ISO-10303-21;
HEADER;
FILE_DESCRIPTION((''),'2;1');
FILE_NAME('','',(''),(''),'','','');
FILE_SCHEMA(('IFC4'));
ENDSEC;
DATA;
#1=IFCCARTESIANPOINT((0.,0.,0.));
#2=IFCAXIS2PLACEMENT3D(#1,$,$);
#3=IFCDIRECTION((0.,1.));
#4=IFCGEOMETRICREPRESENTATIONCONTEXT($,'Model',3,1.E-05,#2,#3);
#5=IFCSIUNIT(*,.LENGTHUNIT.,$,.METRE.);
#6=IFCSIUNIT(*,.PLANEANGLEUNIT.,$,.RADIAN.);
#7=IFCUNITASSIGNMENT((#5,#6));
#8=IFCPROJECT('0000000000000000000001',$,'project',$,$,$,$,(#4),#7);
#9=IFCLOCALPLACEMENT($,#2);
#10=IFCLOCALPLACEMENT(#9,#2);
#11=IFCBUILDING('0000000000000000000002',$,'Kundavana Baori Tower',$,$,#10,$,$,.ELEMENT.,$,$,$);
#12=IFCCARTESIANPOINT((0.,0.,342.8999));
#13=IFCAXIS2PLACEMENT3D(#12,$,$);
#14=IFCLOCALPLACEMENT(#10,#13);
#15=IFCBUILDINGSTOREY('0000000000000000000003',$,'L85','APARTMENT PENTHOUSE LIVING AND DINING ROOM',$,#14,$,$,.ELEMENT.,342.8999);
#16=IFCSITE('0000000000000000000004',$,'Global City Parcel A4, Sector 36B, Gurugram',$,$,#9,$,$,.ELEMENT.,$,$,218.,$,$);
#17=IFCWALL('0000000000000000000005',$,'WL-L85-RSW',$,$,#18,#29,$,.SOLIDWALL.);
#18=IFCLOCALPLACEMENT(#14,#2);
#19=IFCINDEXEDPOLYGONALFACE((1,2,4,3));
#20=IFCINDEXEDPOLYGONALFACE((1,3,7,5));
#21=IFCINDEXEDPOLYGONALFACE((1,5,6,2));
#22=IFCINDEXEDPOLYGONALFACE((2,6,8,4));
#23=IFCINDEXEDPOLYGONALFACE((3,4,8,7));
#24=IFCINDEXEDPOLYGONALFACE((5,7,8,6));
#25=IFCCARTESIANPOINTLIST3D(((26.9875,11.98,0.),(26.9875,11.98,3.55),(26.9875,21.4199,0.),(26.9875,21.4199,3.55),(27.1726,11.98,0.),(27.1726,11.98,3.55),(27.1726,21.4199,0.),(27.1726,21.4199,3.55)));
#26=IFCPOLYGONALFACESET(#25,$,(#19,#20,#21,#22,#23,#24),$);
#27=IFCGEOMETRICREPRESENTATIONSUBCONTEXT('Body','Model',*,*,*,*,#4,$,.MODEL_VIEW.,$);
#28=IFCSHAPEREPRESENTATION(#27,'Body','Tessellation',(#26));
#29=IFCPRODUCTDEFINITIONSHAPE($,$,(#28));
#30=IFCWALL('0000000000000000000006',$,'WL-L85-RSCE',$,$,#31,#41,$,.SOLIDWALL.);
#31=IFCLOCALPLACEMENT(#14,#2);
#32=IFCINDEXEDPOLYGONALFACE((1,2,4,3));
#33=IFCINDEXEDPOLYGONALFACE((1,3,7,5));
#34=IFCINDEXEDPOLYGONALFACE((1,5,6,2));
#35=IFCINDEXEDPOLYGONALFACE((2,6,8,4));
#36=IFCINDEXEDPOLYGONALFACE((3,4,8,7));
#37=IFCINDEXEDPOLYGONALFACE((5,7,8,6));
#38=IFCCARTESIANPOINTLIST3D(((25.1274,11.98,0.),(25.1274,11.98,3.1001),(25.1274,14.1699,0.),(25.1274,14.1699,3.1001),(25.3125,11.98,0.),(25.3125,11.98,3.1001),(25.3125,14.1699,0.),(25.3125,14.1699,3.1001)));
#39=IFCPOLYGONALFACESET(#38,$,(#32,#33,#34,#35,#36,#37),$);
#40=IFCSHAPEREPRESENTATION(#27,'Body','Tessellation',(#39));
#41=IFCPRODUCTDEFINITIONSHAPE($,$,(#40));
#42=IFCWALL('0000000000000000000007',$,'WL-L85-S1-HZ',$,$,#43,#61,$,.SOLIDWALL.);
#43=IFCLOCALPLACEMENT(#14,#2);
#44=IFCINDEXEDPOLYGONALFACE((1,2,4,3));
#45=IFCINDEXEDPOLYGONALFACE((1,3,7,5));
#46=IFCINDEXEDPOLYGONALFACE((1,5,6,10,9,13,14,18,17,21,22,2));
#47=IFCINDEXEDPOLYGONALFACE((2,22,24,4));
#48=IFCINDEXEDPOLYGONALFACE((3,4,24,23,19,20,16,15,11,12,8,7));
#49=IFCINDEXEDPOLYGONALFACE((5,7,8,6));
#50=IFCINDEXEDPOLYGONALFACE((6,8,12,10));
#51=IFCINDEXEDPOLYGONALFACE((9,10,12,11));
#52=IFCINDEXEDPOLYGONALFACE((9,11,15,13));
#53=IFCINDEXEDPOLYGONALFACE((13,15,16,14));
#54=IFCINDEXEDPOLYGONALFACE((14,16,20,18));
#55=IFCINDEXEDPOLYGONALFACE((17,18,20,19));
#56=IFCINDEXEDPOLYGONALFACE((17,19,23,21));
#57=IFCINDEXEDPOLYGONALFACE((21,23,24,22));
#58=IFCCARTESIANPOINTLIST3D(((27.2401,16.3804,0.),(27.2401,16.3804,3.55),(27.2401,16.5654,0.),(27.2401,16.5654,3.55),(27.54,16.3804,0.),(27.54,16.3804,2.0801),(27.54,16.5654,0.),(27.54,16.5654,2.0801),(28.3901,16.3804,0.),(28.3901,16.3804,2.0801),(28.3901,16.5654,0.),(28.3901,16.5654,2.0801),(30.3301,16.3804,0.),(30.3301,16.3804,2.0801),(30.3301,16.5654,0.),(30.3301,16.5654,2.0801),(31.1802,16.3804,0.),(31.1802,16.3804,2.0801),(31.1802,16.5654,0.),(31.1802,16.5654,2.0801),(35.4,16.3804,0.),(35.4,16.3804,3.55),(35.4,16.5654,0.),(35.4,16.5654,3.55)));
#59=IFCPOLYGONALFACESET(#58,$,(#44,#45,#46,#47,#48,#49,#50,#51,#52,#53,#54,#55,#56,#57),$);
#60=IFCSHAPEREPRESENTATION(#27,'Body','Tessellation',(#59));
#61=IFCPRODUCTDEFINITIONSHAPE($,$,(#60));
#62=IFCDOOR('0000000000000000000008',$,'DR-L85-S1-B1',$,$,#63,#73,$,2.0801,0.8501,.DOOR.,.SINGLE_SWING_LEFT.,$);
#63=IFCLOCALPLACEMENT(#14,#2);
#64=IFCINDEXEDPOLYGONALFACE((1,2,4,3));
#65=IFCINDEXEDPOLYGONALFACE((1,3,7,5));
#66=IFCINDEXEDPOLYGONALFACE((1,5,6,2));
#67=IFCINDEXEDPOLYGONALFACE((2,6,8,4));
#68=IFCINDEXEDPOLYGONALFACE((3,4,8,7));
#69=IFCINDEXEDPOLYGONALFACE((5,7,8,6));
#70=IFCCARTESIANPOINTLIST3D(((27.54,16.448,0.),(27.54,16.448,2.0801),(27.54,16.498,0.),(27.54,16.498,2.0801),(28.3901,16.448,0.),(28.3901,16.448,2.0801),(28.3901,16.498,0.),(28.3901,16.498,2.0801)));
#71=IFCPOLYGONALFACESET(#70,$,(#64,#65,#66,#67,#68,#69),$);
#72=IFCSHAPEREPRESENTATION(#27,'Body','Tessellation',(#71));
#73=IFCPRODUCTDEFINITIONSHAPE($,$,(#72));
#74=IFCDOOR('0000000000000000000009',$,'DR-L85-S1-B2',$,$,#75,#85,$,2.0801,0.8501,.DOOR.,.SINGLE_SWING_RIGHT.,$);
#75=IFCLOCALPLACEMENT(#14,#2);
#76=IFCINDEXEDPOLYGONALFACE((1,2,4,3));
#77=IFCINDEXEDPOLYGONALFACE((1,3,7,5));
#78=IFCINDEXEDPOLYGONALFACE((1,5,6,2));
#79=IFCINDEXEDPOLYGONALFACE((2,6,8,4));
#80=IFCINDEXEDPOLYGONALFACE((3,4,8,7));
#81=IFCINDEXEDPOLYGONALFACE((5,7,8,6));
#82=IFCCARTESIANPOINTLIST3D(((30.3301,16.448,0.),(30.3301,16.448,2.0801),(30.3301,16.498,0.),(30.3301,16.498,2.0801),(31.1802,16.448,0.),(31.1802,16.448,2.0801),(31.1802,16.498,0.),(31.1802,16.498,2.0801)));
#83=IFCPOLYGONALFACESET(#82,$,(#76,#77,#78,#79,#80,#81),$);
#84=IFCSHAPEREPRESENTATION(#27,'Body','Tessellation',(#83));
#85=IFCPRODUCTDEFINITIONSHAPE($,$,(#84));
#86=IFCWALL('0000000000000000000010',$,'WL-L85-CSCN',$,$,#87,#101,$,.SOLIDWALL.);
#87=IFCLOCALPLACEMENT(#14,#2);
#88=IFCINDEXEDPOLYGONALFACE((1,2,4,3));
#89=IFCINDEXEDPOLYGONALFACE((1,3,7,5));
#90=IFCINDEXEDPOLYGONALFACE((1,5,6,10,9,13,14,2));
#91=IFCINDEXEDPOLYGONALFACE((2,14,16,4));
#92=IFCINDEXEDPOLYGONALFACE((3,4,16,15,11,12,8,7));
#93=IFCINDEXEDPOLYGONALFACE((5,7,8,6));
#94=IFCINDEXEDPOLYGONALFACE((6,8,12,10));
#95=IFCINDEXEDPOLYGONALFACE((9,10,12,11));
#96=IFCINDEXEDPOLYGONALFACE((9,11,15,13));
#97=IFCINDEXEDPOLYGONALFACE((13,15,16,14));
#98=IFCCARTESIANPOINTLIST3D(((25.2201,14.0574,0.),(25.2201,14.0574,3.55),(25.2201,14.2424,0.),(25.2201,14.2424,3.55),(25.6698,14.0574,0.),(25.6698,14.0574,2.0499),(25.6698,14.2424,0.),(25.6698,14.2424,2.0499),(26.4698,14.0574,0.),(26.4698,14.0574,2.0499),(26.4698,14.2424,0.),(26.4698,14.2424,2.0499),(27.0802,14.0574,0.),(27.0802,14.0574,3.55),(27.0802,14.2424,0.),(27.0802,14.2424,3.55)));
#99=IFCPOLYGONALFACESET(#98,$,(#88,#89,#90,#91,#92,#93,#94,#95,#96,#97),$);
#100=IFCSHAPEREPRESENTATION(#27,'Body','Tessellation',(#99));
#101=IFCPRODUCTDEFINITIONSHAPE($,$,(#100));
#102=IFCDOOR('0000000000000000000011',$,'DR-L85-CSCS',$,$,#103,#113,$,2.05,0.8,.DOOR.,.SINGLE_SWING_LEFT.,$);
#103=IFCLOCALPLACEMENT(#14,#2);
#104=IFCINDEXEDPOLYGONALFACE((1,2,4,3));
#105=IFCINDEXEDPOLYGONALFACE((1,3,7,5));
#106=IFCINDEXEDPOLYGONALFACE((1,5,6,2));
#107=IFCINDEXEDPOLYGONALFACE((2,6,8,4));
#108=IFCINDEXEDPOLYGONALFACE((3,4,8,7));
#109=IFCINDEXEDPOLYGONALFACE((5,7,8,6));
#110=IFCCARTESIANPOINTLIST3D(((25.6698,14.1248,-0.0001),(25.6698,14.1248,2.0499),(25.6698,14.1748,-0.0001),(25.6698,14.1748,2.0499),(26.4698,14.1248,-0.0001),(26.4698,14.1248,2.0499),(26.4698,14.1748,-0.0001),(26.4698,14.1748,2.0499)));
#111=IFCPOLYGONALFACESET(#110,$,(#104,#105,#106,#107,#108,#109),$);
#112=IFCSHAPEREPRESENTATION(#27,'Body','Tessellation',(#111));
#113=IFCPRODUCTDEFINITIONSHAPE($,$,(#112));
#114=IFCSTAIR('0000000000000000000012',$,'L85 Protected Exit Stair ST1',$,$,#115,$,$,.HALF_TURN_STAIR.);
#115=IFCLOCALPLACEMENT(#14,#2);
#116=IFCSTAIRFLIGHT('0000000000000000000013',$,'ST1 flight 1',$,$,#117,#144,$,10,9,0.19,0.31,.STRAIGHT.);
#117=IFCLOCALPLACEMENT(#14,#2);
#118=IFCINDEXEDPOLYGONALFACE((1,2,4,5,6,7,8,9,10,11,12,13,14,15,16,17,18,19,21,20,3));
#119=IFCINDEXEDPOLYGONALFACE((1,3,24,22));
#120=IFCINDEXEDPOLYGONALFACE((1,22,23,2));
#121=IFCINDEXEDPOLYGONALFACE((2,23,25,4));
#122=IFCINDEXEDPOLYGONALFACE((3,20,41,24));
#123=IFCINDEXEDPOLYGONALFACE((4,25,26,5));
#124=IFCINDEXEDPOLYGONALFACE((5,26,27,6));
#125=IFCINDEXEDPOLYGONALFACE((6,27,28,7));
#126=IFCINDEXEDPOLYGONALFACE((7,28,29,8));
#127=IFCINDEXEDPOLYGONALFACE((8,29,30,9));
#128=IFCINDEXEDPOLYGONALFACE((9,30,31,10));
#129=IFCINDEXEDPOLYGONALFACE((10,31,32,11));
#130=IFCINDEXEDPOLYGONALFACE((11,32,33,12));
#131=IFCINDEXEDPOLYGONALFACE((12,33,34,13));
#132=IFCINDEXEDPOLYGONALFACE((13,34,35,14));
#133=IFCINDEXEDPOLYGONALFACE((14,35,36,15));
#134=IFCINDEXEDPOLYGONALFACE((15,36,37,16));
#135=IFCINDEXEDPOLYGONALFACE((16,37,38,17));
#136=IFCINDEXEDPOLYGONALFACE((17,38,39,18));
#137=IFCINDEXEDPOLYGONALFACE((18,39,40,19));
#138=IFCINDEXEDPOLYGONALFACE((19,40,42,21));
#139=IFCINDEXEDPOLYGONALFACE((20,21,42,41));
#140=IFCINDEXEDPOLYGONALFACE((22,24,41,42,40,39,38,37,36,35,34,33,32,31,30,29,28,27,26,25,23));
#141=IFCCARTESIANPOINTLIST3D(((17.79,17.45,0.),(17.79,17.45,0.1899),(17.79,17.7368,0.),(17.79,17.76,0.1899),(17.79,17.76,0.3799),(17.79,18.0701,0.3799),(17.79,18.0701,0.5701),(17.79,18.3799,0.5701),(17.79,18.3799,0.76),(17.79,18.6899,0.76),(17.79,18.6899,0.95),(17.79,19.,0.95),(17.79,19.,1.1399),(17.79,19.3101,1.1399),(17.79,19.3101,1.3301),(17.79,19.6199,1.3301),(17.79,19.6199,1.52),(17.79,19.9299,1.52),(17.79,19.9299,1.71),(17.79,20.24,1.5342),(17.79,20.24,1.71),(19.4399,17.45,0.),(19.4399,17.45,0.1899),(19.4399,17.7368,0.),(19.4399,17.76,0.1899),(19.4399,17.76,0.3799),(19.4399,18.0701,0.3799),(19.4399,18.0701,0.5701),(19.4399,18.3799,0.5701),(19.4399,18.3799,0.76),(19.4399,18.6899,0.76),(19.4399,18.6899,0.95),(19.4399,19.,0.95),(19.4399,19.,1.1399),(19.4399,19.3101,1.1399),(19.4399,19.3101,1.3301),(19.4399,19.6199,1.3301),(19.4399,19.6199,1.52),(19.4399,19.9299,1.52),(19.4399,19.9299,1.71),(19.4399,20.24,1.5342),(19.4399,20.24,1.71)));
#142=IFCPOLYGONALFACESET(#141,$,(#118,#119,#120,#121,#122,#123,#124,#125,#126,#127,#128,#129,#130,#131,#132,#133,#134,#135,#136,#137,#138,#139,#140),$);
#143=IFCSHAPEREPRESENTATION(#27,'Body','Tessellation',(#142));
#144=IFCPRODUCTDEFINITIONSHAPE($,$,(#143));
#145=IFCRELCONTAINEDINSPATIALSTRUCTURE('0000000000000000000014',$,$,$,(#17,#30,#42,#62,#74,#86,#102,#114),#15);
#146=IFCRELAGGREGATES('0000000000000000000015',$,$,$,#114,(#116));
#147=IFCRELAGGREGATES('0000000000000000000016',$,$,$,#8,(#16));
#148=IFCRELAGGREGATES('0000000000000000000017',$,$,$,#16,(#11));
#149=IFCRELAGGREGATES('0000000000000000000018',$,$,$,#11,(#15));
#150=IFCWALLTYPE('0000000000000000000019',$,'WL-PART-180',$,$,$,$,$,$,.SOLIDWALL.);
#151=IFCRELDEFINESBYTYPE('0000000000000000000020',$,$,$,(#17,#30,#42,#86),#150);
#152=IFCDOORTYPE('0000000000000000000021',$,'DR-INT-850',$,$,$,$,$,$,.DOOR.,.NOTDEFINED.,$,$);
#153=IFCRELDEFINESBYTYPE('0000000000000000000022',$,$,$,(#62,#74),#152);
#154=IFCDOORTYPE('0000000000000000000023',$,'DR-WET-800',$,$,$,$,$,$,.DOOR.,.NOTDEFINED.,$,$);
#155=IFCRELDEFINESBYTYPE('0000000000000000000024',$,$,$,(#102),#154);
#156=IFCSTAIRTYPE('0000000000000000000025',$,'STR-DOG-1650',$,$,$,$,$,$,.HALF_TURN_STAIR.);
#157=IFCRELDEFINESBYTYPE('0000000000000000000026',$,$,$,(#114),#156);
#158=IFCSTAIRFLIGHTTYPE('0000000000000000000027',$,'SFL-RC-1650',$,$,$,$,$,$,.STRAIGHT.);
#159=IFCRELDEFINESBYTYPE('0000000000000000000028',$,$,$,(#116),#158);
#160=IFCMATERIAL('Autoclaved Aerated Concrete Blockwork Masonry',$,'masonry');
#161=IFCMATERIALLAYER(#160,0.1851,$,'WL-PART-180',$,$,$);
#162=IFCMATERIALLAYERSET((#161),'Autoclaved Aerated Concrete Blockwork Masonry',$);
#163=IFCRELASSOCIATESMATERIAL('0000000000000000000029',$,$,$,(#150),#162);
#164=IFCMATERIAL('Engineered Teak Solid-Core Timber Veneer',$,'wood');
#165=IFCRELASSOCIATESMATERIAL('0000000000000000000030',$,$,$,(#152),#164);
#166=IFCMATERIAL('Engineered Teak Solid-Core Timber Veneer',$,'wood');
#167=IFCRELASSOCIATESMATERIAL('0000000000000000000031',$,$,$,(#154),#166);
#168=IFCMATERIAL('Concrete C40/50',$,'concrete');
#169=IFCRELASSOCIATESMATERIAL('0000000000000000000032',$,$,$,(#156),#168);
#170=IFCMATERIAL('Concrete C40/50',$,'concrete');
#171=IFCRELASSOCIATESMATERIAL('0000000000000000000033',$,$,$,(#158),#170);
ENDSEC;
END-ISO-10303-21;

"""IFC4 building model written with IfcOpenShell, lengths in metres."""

from ifc_helpers import new_model, si_unit, direction, frame, frame_2d, origin, place, context, subcontext, project, spatial, polyline, rectangle, outline, extrude, material, layer, layer_set, type_object, element, fill, aggregate, save


model = new_model("IFC4")

# Units and contexts
model_context = context("Model", 3, precision=1e-05, world=origin(), true_north=direction((0.0, 1.0)))
body_context = subcontext(model_context, "Body", "Model", "MODEL_VIEW")
ifc_project = project(units=[si_unit("LENGTHUNIT", "METRE"), si_unit("PLANEANGLEUNIT", "RADIAN")], contexts=[model_context])

# Site, building, storey
site_placement = place(None, origin())
site = spatial("IfcSite", under=ifc_project, at=site_placement, Name="Global City Parcel A4, Sector 36B, Gurugram", CompositionType="ELEMENT", RefElevation=218.0)
building_placement = place(site_placement, origin())
building = spatial("IfcBuilding", under=site, at=building_placement, Name="Kundavana Baori Tower", CompositionType="ELEMENT")
storey_placement = place(building_placement, frame((0.0, 0.0, 342.8999)))
storey = spatial("IfcBuildingStorey", under=building, at=storey_placement, Name="L85", Description="APARTMENT PENTHOUSE LIVING AND DINING ROOM", CompositionType="ELEMENT", Elevation=342.8999)

# Walls
ifc_material_1 = material(Name="Autoclaved Aerated Concrete Blockwork Masonry", Category="masonry")
ifc_layer_1 = layer(ifc_material_1, 0.1851, Name="WL-PART-180")
ifc_layer_set_1 = layer_set([ifc_layer_1], Name="Autoclaved Aerated Concrete Blockwork Masonry")
wall_type_1 = type_object("IfcWallType", Name="WL-PART-180", PredefinedType="SOLIDWALL", material=ifc_layer_set_1)
wall_1_placement = place(storey_placement, frame((27.0801, 11.98, 0.0), z_axis=(0.0, 0.0, 1.0), x_axis=(0.0, 1.0, 0.0)))
element("IfcWall", 1, at=wall_1_placement, inside=storey, type_object=wall_type_1, Name="WL-L85-RSW", PredefinedType="SOLIDWALL", context=body_context, shape_type="SweptSolid", body=[
    extrude(rectangle(XDim=9.4399, YDim=0.1851, at=frame_2d((4.72, 0.0))), origin(), (0.0, 0.0, 1.0), 3.55),
])
wall_2_placement = place(storey_placement, frame((25.22, 11.98, 0.0), z_axis=(0.0, 0.0, 1.0), x_axis=(0.0, 1.0, 0.0)))
element("IfcWall", 2, at=wall_2_placement, inside=storey, type_object=wall_type_1, Name="WL-L85-RSCE", PredefinedType="SOLIDWALL", context=body_context, shape_type="SweptSolid", body=[
    extrude(rectangle(XDim=2.1899, YDim=0.1851, at=frame_2d((1.095, 0.0))), origin(), (0.0, 0.0, 1.0), 3.1001),
])

# Wall, openings, doors
wall_3_placement = place(storey_placement, frame((27.24, 16.4729, 0.0), z_axis=(0.0, 0.0, 1.0), x_axis=(1.0, 0.0, 0.0)))
wall_3 = element("IfcWall", 3, at=wall_3_placement, inside=storey, type_object=wall_type_1, Name="WL-L85-S1-HZ", PredefinedType="SOLIDWALL", context=body_context, shape_type="SweptSolid", body=[
    extrude(rectangle(XDim=8.1599, YDim=0.1851, at=frame_2d((4.0801, 0.0))), origin(), (0.0, 0.0, 1.0), 3.55),
])
opening_1_placement = place(wall_3_placement, frame((0.3, 0.0, 0.0)))
opening_1 = element("IfcOpeningElement", 4, at=opening_1_placement, cuts=wall_3, PredefinedType="OPENING", context=body_context, shape_type="SweptSolid", body=[
    extrude(rectangle(XDim=0.8501, YDim=2.0801, at=frame_2d((0.425, 1.04))), frame((0.0, 0.1025, 0.0), z_axis=(0.0, -1.0, 0.0), x_axis=(1.0, 0.0, 0.0)), (0.0, 0.0, 1.0), 0.2051),
])
opening_2_placement = place(wall_3_placement, frame((3.0901, 0.0, 0.0)))
opening_2 = element("IfcOpeningElement", 5, at=opening_2_placement, cuts=wall_3, PredefinedType="OPENING", context=body_context, shape_type="SweptSolid", body=[
    extrude(rectangle(XDim=0.8501, YDim=2.0801, at=frame_2d((0.425, 1.04))), frame((0.0, 0.1025, 0.0), z_axis=(0.0, -1.0, 0.0), x_axis=(1.0, 0.0, 0.0)), (0.0, 0.0, 1.0), 0.2051),
])
ifc_material_2 = material(Name="Engineered Teak Solid-Core Timber Veneer", Category="wood")
door_type_1 = type_object("IfcDoorType", Name="DR-INT-850", OperationType="NOTDEFINED", PredefinedType="DOOR", material=ifc_material_2)
door_1_placement = place(opening_1_placement, frame((0.8501, 0.0, 0.0), z_axis=(0.0, 0.0, 1.0), x_axis=(-1.0, 0.0, 0.0)))
door_1 = element("IfcDoor", 6, at=door_1_placement, inside=storey, type_object=door_type_1, Name="DR-L85-S1-B1", OperationType="SINGLE_SWING_LEFT", OverallHeight=2.0801, OverallWidth=0.8501, PredefinedType="DOOR", context=body_context, shape_type="SweptSolid", body=[
    extrude(rectangle(XDim=0.8501, YDim=2.0801, at=frame_2d((0.425, 1.04))), frame((0.0, 0.0249, 0.0), z_axis=(0.0, -1.0, 0.0), x_axis=(1.0, 0.0, 0.0)), (0.0, 0.0, 1.0), 0.05),
])
fill(opening_1, door_1)
door_2_placement = place(opening_2_placement, frame((0.8501, 0.0, 0.0), z_axis=(0.0, 0.0, 1.0), x_axis=(-1.0, 0.0, 0.0)))
door_2 = element("IfcDoor", 7, at=door_2_placement, inside=storey, type_object=door_type_1, Name="DR-L85-S1-B2", OperationType="SINGLE_SWING_RIGHT", OverallHeight=2.0801, OverallWidth=0.8501, PredefinedType="DOOR", context=body_context, shape_type="SweptSolid", body=[
    extrude(rectangle(XDim=0.8501, YDim=2.0801, at=frame_2d((0.425, 1.04))), frame((0.0, 0.0249, 0.0), z_axis=(0.0, -1.0, 0.0), x_axis=(1.0, 0.0, 0.0)), (0.0, 0.0, 1.0), 0.05),
])
fill(opening_2, door_2)

# Wall, opening, door
wall_4_placement = place(storey_placement, frame((25.22, 14.1499, 0.0), z_axis=(0.0, 0.0, 1.0), x_axis=(1.0, 0.0, 0.0)))
wall_4 = element("IfcWall", 8, at=wall_4_placement, inside=storey, type_object=wall_type_1, Name="WL-L85-CSCN", PredefinedType="SOLIDWALL", context=body_context, shape_type="SweptSolid", body=[
    extrude(rectangle(XDim=1.8601, YDim=0.1851, at=frame_2d((0.9302, 0.0))), origin(), (0.0, 0.0, 1.0), 3.55),
])
opening_3_placement = place(wall_4_placement, frame((0.45, 0.0, 0.0)))
opening_3 = element("IfcOpeningElement", 9, at=opening_3_placement, cuts=wall_4, PredefinedType="OPENING", context=body_context, shape_type="SweptSolid", body=[
    extrude(rectangle(XDim=0.8, YDim=2.05, at=frame_2d((0.3999, 1.0249))), frame((0.0, 0.1025, 0.0), z_axis=(0.0, -1.0, 0.0), x_axis=(1.0, 0.0, 0.0)), (0.0, 0.0, 1.0), 0.2051),
])
ifc_material_3 = material(Name="Engineered Teak Solid-Core Timber Veneer", Category="wood")
door_type_2 = type_object("IfcDoorType", Name="DR-WET-800", OperationType="NOTDEFINED", PredefinedType="DOOR", material=ifc_material_3)
door_3_placement = place(opening_3_placement, origin())
door_3 = element("IfcDoor", 10, at=door_3_placement, inside=storey, type_object=door_type_2, Name="DR-L85-CSCS", OperationType="SINGLE_SWING_LEFT", OverallHeight=2.05, OverallWidth=0.8, PredefinedType="DOOR", context=body_context, shape_type="SweptSolid", body=[
    extrude(rectangle(XDim=0.8, YDim=2.05, at=frame_2d((0.3999, 1.0249))), frame((0.0, 0.0249, 0.0), z_axis=(0.0, -1.0, 0.0), x_axis=(1.0, 0.0, 0.0)), (0.0, 0.0, 1.0), 0.05),
])
fill(opening_3, door_3)

# Stair, stair flight
ifc_material_4 = material(Name="Concrete C40/50", Category="concrete")
stair_type = type_object("IfcStairType", Name="STR-DOG-1650", PredefinedType="HALF_TURN_STAIR", material=ifc_material_4)
stair_placement = place(storey_placement, origin())
stair = element("IfcStair", 11, at=stair_placement, inside=storey, type_object=stair_type, Name="L85 Protected Exit Stair ST1", PredefinedType="HALF_TURN_STAIR")
ifc_material_5 = material(Name="Concrete C40/50", Category="concrete")
stair_flight_type = type_object("IfcStairFlightType", Name="SFL-RC-1650", PredefinedType="STRAIGHT", material=ifc_material_5)
stair_flight_placement = place(storey_placement, frame((18.615, 17.45, 0.0), z_axis=(0.0, 0.0, 1.0), x_axis=(0.0, 1.0, 0.0)))
stair_flight = element("IfcStairFlight", 12, at=stair_flight_placement, type_object=stair_flight_type, Name="ST1 flight 1", NumberOfRisers=10, NumberOfTreads=9, PredefinedType="STRAIGHT", RiserHeight=0.19, TreadLength=0.31, context=body_context, shape_type="SweptSolid", body=[
    extrude(outline(polyline([(0.0, 0.0), (0.0, 0.1899), (0.3101, 0.1899), (0.3101, 0.3799), (0.6201, 0.3799), (0.6201, 0.5701), (0.9299, 0.5701), (0.9299, 0.76), (1.24, 0.76), (1.24, 0.95), (1.55, 0.95), (1.55, 1.1399), (1.8601, 1.1399), (1.8601, 1.3301), (2.1699, 1.3301), (2.1699, 1.52), (2.48, 1.52), (2.48, 1.71), (2.79, 1.71), (2.79, 1.8999), (2.79, 1.5342), (0.2869, 0.0), (0.0, 0.0)])), frame((0.0, 0.825, 0.0), z_axis=(0.0, -1.0, 0.0), x_axis=(1.0, 0.0, 0.0)), (0.0, 0.0, 1.0), 1.6499),
])
aggregate(stair, [stair_flight])

save(model, "model.ifc")
